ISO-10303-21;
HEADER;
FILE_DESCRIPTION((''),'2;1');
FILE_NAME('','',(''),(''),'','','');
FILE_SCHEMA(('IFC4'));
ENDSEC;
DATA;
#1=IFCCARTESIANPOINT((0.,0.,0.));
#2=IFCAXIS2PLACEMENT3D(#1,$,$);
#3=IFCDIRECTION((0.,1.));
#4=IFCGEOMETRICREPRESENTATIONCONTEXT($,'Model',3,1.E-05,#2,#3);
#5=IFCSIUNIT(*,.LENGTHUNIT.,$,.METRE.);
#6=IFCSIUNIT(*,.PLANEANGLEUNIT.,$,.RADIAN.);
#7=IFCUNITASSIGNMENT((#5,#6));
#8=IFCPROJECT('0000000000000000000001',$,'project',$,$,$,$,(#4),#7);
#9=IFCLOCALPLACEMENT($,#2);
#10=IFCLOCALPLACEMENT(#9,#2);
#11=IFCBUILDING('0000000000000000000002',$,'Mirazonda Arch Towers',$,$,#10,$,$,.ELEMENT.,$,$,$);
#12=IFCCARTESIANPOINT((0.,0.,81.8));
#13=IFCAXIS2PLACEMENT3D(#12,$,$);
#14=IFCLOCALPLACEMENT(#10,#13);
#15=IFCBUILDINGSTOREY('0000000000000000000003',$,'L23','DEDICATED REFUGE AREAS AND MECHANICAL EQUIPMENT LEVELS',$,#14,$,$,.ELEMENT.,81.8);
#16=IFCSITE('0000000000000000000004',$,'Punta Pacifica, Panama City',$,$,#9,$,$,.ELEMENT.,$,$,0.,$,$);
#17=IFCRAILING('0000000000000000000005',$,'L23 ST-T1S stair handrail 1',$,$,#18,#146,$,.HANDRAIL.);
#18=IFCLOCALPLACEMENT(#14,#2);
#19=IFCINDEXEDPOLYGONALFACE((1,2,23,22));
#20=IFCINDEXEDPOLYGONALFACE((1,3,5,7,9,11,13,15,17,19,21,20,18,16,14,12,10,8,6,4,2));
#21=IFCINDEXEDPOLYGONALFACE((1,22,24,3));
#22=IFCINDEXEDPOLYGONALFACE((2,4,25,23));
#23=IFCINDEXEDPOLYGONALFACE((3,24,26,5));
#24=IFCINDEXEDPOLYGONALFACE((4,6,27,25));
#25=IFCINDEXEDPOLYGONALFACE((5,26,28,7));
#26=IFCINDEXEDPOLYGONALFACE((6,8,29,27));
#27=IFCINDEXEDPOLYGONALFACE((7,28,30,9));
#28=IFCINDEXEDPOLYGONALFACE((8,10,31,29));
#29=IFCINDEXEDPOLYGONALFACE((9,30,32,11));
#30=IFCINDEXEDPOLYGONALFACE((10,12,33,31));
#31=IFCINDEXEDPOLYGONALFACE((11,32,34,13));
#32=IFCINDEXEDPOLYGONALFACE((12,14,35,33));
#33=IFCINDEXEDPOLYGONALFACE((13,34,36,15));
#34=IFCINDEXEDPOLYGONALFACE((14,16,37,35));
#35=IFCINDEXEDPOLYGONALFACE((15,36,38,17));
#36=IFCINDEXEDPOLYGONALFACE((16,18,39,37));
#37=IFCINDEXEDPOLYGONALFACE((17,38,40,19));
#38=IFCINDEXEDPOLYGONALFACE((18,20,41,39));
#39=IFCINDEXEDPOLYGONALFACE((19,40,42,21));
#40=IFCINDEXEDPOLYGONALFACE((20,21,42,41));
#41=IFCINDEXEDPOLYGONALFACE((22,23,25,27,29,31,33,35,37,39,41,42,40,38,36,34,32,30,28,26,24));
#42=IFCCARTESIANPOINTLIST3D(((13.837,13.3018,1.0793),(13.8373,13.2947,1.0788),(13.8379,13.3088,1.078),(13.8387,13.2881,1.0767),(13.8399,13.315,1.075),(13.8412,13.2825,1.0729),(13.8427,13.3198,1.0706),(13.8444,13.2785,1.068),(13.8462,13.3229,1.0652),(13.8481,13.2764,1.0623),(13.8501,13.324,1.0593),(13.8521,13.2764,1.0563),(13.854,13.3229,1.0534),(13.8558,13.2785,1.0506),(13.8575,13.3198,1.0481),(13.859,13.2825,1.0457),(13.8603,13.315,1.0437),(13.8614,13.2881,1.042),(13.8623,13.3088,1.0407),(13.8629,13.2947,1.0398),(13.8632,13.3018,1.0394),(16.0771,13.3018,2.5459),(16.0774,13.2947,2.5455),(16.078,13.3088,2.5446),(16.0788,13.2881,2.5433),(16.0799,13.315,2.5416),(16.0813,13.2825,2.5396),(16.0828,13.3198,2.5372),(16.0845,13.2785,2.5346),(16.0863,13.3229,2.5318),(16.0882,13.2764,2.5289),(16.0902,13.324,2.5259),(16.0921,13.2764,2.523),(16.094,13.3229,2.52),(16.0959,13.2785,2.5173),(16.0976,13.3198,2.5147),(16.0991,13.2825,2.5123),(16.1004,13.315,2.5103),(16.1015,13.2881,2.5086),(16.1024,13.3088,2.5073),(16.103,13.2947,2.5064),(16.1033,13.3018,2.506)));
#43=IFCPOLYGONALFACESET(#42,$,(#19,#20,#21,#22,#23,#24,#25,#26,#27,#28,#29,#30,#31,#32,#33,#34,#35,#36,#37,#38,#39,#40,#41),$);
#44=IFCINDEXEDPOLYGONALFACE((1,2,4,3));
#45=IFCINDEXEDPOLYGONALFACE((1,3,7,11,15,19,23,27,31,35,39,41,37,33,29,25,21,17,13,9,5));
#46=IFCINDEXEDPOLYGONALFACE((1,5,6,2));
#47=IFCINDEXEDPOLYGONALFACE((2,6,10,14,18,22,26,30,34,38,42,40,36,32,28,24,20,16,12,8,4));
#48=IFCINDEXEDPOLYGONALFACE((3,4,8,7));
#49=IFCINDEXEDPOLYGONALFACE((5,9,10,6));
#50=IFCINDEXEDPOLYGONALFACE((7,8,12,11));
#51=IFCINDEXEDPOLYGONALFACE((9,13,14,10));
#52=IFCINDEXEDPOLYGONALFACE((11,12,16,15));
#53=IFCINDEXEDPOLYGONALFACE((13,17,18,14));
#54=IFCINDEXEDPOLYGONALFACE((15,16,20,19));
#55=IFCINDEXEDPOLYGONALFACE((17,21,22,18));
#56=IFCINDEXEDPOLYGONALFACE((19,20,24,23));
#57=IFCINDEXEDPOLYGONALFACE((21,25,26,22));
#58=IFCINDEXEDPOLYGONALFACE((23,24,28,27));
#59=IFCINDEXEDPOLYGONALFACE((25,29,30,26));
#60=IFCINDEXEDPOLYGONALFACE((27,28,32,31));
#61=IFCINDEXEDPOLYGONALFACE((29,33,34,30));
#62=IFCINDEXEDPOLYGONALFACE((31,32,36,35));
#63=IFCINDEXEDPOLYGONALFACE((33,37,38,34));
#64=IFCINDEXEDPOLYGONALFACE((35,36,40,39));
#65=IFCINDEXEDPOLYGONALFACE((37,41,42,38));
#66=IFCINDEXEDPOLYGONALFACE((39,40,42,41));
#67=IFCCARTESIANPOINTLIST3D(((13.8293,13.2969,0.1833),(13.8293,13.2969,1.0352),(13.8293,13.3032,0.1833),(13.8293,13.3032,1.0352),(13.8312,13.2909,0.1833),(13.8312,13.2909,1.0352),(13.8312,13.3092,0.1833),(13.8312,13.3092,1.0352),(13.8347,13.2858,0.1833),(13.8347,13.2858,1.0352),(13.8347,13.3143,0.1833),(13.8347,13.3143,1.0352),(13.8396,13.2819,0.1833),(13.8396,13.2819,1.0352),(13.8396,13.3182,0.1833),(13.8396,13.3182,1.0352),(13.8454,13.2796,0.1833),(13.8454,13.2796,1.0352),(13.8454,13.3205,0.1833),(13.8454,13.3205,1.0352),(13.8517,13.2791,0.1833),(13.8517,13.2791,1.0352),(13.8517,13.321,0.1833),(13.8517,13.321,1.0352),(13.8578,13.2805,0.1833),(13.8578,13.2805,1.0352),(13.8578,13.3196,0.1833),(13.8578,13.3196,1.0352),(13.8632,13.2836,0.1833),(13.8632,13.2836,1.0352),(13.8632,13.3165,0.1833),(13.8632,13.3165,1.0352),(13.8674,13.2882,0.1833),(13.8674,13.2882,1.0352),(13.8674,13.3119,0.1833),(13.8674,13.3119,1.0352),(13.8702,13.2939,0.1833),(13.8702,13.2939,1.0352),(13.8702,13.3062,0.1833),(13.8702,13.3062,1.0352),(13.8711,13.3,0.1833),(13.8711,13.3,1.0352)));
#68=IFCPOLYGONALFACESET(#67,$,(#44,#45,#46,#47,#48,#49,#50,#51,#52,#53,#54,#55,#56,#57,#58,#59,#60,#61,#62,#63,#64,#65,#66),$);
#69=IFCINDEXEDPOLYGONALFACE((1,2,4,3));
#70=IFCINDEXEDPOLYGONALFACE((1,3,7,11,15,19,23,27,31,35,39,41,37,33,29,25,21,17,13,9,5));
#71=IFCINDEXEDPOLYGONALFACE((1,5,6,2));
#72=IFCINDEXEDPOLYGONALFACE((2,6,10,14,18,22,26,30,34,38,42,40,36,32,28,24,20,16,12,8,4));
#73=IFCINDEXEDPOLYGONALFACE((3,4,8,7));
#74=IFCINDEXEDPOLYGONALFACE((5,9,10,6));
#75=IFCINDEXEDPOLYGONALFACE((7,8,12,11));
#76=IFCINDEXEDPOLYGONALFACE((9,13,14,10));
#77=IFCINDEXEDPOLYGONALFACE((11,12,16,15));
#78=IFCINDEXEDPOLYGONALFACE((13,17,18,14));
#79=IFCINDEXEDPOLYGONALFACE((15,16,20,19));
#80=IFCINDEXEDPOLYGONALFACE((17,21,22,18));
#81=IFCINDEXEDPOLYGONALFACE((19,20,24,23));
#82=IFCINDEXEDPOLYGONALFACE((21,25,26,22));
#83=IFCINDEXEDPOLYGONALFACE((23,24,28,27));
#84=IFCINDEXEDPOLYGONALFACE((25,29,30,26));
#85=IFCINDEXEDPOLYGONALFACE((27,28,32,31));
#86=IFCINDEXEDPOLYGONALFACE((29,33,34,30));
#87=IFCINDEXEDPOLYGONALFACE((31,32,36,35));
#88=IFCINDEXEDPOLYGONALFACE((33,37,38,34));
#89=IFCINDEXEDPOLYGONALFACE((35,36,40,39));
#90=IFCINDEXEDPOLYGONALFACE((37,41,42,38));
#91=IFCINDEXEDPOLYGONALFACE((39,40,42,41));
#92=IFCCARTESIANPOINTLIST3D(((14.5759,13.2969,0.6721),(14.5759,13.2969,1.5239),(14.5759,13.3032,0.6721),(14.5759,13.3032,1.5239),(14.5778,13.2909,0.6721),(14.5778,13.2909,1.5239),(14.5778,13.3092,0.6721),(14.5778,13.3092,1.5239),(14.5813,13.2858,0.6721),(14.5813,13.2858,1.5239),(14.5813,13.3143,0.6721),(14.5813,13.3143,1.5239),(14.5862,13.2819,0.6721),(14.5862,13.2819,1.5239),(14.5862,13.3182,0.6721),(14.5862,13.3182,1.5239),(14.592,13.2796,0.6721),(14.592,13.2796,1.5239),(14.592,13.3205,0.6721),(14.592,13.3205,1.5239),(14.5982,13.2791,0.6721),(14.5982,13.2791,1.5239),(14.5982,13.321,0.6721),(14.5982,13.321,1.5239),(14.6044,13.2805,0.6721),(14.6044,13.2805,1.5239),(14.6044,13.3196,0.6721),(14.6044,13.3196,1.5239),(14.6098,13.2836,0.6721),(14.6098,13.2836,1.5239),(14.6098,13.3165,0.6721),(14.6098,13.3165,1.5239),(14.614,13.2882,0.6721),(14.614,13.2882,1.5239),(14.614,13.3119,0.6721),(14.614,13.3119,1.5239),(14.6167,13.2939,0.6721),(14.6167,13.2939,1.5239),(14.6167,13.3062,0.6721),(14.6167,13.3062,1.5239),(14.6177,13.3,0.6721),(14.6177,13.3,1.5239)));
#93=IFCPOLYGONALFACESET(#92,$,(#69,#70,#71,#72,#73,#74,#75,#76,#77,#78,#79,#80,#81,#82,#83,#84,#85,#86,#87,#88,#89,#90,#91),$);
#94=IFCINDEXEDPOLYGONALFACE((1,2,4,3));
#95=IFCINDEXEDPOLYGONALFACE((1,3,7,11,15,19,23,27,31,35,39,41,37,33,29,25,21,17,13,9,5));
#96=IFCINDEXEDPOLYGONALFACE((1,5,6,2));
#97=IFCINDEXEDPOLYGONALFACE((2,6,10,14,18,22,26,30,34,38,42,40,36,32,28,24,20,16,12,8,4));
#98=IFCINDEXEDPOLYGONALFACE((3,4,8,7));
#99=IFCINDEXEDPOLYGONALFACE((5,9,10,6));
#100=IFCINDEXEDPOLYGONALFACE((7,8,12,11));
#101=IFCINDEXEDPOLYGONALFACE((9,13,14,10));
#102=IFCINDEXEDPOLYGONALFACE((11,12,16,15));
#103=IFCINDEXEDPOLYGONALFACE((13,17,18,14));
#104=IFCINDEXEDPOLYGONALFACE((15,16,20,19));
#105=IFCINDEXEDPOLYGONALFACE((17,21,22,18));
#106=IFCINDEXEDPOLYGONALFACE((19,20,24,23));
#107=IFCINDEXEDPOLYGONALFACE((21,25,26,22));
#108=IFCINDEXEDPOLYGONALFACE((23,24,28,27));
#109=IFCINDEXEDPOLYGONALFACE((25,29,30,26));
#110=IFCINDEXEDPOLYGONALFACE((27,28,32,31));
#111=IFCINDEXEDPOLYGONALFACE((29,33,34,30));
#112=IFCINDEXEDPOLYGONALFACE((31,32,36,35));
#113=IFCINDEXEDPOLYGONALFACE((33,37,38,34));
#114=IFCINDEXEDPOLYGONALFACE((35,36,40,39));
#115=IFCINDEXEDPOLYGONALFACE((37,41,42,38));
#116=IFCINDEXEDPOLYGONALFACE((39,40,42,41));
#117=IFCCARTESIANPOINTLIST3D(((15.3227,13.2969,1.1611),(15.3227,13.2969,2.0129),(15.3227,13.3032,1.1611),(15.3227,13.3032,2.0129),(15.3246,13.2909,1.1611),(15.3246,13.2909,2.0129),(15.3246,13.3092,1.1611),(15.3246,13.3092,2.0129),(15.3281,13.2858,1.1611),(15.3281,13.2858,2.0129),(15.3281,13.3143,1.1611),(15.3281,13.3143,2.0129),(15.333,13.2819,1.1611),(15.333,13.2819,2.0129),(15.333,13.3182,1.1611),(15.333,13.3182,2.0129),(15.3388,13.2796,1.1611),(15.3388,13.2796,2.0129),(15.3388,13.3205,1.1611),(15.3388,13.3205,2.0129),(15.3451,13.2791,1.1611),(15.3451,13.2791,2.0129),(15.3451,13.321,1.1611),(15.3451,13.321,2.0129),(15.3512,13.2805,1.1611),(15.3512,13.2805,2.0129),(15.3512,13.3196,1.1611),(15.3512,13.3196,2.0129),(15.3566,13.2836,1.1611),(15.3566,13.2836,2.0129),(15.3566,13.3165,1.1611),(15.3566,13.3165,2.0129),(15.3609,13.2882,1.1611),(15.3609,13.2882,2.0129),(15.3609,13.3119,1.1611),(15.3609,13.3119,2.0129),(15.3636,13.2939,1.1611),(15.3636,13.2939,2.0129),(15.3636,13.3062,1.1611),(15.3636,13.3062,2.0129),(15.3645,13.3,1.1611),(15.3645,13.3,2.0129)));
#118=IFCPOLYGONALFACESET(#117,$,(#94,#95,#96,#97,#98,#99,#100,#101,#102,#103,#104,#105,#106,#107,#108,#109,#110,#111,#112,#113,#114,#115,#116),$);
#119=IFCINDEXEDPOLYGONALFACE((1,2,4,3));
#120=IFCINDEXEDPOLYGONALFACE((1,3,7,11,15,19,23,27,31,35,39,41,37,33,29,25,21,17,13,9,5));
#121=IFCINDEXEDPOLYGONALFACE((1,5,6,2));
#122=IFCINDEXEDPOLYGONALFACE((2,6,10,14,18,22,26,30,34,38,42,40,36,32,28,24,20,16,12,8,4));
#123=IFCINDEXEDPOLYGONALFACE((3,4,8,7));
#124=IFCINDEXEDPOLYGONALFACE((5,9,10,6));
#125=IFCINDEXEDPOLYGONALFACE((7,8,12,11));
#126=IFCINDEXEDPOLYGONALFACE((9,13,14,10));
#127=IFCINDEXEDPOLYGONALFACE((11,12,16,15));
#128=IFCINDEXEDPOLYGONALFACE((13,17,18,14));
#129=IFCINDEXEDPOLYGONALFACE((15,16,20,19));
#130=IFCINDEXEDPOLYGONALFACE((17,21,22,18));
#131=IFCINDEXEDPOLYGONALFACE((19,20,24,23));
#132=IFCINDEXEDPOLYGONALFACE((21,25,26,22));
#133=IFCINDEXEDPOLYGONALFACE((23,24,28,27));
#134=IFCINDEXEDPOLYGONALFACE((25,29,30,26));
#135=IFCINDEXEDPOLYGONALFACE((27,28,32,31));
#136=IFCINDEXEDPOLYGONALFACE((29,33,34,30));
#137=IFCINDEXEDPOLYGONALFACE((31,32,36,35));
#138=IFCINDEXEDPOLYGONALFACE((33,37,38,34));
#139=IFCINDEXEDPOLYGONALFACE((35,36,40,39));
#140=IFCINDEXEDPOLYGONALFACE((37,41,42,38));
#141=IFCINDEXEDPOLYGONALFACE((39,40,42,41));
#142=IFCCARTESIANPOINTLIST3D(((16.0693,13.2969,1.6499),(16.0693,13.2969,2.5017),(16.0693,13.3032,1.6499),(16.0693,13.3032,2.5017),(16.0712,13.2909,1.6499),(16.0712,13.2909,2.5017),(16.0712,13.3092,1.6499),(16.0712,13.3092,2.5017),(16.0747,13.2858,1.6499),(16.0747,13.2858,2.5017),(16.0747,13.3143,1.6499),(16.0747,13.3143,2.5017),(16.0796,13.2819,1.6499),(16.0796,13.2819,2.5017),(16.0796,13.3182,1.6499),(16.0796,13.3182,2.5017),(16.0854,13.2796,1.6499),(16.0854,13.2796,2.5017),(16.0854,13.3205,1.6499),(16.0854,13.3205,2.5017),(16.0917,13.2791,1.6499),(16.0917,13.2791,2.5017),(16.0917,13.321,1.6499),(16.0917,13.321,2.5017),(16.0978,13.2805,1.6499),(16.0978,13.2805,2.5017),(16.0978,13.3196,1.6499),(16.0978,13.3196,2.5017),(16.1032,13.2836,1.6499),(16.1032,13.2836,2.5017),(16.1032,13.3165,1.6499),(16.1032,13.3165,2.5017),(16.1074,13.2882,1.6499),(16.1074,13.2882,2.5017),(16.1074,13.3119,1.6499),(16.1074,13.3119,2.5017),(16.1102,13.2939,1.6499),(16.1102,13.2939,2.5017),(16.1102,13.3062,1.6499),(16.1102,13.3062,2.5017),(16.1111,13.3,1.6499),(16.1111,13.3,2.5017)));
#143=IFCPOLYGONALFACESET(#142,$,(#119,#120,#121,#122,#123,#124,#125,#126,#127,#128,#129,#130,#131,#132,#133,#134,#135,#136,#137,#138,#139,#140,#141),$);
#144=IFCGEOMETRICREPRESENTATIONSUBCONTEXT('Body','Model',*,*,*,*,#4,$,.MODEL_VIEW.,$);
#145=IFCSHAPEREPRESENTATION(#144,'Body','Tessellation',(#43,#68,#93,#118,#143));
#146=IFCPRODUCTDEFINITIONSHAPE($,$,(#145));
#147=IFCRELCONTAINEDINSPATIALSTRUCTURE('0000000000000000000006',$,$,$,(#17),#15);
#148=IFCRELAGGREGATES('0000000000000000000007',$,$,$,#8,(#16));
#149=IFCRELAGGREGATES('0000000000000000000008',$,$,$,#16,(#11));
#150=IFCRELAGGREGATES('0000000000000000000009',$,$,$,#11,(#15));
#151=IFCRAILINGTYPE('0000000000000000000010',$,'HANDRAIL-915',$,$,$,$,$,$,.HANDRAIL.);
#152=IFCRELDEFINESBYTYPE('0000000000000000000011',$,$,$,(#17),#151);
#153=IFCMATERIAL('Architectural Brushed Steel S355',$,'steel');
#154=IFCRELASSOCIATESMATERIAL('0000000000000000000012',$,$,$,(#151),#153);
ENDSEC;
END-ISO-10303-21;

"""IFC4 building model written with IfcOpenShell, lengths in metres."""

from ifc_helpers import new_model, si_unit, direction, frame, origin, origin_2d, place, context, subcontext, project, spatial, circle, extrude, material, type_object, element, save


model = new_model("IFC4")

# Units and contexts
model_context = context("Model", 3, precision=1e-05, world=origin(), true_north=direction((0.0, 1.0)))
body_context = subcontext(model_context, "Body", "Model", "MODEL_VIEW")
ifc_project = project(units=[si_unit("LENGTHUNIT", "METRE"), si_unit("PLANEANGLEUNIT", "RADIAN")], contexts=[model_context])

# Site, building, storey
site_placement = place(None, origin())
site = spatial("IfcSite", under=ifc_project, at=site_placement, Name="Punta Pacifica, Panama City", CompositionType="ELEMENT", RefElevation=0.0)
building_placement = place(site_placement, origin())
building = spatial("IfcBuilding", under=site, at=building_placement, Name="Mirazonda Arch Towers", CompositionType="ELEMENT")
storey_placement = place(building_placement, frame((0.0, 0.0, 81.8)))
storey = spatial("IfcBuildingStorey", under=building, at=storey_placement, Name="L23", Description="DEDICATED REFUGE AREAS AND MECHANICAL EQUIPMENT LEVELS", CompositionType="ELEMENT", Elevation=81.8)

# Shared definitions
ifc_material_1 = material(Name="Architectural Brushed Steel S355", Category="steel")

# Railing
railing_type_1 = type_object("IfcRailingType", Name="HANDRAIL-915", PredefinedType="HANDRAIL", material=ifc_material_1)
railing_1_placement = place(storey_placement, frame((13.8501, 13.3, 0.1833)))
element("IfcRailing", 1, at=railing_1_placement, inside=storey, type_object=railing_type_1, Name="L23 ST-T1S stair handrail 1", PredefinedType="HANDRAIL", context=body_context, shape_type="SweptSolid", body=[
    extrude(circle(Radius=0.0239, at=origin_2d()), frame((0.0, 0.0, 0.876), z_axis=(0.836637, 0.0, 0.547758), x_axis=(0.0, 1.0, 0.0)), (0.0, 0.0, 1.0), 2.6775),
    extrude(circle(Radius=0.021, at=origin_2d()), origin(), (0.0, 0.0, 1.0), 0.8518),
    extrude(circle(Radius=0.021, at=origin_2d()), frame((0.7466, 0.0, 0.4888)), (0.0, 0.0, 1.0), 0.8518),
    extrude(circle(Radius=0.021, at=origin_2d()), frame((1.4934, 0.0, 0.9778)), (0.0, 0.0, 1.0), 0.8518),
    extrude(circle(Radius=0.021, at=origin_2d()), frame((2.24, 0.0, 1.4666)), (0.0, 0.0, 1.0), 0.8518),
])

save(model, "model.ifc")
